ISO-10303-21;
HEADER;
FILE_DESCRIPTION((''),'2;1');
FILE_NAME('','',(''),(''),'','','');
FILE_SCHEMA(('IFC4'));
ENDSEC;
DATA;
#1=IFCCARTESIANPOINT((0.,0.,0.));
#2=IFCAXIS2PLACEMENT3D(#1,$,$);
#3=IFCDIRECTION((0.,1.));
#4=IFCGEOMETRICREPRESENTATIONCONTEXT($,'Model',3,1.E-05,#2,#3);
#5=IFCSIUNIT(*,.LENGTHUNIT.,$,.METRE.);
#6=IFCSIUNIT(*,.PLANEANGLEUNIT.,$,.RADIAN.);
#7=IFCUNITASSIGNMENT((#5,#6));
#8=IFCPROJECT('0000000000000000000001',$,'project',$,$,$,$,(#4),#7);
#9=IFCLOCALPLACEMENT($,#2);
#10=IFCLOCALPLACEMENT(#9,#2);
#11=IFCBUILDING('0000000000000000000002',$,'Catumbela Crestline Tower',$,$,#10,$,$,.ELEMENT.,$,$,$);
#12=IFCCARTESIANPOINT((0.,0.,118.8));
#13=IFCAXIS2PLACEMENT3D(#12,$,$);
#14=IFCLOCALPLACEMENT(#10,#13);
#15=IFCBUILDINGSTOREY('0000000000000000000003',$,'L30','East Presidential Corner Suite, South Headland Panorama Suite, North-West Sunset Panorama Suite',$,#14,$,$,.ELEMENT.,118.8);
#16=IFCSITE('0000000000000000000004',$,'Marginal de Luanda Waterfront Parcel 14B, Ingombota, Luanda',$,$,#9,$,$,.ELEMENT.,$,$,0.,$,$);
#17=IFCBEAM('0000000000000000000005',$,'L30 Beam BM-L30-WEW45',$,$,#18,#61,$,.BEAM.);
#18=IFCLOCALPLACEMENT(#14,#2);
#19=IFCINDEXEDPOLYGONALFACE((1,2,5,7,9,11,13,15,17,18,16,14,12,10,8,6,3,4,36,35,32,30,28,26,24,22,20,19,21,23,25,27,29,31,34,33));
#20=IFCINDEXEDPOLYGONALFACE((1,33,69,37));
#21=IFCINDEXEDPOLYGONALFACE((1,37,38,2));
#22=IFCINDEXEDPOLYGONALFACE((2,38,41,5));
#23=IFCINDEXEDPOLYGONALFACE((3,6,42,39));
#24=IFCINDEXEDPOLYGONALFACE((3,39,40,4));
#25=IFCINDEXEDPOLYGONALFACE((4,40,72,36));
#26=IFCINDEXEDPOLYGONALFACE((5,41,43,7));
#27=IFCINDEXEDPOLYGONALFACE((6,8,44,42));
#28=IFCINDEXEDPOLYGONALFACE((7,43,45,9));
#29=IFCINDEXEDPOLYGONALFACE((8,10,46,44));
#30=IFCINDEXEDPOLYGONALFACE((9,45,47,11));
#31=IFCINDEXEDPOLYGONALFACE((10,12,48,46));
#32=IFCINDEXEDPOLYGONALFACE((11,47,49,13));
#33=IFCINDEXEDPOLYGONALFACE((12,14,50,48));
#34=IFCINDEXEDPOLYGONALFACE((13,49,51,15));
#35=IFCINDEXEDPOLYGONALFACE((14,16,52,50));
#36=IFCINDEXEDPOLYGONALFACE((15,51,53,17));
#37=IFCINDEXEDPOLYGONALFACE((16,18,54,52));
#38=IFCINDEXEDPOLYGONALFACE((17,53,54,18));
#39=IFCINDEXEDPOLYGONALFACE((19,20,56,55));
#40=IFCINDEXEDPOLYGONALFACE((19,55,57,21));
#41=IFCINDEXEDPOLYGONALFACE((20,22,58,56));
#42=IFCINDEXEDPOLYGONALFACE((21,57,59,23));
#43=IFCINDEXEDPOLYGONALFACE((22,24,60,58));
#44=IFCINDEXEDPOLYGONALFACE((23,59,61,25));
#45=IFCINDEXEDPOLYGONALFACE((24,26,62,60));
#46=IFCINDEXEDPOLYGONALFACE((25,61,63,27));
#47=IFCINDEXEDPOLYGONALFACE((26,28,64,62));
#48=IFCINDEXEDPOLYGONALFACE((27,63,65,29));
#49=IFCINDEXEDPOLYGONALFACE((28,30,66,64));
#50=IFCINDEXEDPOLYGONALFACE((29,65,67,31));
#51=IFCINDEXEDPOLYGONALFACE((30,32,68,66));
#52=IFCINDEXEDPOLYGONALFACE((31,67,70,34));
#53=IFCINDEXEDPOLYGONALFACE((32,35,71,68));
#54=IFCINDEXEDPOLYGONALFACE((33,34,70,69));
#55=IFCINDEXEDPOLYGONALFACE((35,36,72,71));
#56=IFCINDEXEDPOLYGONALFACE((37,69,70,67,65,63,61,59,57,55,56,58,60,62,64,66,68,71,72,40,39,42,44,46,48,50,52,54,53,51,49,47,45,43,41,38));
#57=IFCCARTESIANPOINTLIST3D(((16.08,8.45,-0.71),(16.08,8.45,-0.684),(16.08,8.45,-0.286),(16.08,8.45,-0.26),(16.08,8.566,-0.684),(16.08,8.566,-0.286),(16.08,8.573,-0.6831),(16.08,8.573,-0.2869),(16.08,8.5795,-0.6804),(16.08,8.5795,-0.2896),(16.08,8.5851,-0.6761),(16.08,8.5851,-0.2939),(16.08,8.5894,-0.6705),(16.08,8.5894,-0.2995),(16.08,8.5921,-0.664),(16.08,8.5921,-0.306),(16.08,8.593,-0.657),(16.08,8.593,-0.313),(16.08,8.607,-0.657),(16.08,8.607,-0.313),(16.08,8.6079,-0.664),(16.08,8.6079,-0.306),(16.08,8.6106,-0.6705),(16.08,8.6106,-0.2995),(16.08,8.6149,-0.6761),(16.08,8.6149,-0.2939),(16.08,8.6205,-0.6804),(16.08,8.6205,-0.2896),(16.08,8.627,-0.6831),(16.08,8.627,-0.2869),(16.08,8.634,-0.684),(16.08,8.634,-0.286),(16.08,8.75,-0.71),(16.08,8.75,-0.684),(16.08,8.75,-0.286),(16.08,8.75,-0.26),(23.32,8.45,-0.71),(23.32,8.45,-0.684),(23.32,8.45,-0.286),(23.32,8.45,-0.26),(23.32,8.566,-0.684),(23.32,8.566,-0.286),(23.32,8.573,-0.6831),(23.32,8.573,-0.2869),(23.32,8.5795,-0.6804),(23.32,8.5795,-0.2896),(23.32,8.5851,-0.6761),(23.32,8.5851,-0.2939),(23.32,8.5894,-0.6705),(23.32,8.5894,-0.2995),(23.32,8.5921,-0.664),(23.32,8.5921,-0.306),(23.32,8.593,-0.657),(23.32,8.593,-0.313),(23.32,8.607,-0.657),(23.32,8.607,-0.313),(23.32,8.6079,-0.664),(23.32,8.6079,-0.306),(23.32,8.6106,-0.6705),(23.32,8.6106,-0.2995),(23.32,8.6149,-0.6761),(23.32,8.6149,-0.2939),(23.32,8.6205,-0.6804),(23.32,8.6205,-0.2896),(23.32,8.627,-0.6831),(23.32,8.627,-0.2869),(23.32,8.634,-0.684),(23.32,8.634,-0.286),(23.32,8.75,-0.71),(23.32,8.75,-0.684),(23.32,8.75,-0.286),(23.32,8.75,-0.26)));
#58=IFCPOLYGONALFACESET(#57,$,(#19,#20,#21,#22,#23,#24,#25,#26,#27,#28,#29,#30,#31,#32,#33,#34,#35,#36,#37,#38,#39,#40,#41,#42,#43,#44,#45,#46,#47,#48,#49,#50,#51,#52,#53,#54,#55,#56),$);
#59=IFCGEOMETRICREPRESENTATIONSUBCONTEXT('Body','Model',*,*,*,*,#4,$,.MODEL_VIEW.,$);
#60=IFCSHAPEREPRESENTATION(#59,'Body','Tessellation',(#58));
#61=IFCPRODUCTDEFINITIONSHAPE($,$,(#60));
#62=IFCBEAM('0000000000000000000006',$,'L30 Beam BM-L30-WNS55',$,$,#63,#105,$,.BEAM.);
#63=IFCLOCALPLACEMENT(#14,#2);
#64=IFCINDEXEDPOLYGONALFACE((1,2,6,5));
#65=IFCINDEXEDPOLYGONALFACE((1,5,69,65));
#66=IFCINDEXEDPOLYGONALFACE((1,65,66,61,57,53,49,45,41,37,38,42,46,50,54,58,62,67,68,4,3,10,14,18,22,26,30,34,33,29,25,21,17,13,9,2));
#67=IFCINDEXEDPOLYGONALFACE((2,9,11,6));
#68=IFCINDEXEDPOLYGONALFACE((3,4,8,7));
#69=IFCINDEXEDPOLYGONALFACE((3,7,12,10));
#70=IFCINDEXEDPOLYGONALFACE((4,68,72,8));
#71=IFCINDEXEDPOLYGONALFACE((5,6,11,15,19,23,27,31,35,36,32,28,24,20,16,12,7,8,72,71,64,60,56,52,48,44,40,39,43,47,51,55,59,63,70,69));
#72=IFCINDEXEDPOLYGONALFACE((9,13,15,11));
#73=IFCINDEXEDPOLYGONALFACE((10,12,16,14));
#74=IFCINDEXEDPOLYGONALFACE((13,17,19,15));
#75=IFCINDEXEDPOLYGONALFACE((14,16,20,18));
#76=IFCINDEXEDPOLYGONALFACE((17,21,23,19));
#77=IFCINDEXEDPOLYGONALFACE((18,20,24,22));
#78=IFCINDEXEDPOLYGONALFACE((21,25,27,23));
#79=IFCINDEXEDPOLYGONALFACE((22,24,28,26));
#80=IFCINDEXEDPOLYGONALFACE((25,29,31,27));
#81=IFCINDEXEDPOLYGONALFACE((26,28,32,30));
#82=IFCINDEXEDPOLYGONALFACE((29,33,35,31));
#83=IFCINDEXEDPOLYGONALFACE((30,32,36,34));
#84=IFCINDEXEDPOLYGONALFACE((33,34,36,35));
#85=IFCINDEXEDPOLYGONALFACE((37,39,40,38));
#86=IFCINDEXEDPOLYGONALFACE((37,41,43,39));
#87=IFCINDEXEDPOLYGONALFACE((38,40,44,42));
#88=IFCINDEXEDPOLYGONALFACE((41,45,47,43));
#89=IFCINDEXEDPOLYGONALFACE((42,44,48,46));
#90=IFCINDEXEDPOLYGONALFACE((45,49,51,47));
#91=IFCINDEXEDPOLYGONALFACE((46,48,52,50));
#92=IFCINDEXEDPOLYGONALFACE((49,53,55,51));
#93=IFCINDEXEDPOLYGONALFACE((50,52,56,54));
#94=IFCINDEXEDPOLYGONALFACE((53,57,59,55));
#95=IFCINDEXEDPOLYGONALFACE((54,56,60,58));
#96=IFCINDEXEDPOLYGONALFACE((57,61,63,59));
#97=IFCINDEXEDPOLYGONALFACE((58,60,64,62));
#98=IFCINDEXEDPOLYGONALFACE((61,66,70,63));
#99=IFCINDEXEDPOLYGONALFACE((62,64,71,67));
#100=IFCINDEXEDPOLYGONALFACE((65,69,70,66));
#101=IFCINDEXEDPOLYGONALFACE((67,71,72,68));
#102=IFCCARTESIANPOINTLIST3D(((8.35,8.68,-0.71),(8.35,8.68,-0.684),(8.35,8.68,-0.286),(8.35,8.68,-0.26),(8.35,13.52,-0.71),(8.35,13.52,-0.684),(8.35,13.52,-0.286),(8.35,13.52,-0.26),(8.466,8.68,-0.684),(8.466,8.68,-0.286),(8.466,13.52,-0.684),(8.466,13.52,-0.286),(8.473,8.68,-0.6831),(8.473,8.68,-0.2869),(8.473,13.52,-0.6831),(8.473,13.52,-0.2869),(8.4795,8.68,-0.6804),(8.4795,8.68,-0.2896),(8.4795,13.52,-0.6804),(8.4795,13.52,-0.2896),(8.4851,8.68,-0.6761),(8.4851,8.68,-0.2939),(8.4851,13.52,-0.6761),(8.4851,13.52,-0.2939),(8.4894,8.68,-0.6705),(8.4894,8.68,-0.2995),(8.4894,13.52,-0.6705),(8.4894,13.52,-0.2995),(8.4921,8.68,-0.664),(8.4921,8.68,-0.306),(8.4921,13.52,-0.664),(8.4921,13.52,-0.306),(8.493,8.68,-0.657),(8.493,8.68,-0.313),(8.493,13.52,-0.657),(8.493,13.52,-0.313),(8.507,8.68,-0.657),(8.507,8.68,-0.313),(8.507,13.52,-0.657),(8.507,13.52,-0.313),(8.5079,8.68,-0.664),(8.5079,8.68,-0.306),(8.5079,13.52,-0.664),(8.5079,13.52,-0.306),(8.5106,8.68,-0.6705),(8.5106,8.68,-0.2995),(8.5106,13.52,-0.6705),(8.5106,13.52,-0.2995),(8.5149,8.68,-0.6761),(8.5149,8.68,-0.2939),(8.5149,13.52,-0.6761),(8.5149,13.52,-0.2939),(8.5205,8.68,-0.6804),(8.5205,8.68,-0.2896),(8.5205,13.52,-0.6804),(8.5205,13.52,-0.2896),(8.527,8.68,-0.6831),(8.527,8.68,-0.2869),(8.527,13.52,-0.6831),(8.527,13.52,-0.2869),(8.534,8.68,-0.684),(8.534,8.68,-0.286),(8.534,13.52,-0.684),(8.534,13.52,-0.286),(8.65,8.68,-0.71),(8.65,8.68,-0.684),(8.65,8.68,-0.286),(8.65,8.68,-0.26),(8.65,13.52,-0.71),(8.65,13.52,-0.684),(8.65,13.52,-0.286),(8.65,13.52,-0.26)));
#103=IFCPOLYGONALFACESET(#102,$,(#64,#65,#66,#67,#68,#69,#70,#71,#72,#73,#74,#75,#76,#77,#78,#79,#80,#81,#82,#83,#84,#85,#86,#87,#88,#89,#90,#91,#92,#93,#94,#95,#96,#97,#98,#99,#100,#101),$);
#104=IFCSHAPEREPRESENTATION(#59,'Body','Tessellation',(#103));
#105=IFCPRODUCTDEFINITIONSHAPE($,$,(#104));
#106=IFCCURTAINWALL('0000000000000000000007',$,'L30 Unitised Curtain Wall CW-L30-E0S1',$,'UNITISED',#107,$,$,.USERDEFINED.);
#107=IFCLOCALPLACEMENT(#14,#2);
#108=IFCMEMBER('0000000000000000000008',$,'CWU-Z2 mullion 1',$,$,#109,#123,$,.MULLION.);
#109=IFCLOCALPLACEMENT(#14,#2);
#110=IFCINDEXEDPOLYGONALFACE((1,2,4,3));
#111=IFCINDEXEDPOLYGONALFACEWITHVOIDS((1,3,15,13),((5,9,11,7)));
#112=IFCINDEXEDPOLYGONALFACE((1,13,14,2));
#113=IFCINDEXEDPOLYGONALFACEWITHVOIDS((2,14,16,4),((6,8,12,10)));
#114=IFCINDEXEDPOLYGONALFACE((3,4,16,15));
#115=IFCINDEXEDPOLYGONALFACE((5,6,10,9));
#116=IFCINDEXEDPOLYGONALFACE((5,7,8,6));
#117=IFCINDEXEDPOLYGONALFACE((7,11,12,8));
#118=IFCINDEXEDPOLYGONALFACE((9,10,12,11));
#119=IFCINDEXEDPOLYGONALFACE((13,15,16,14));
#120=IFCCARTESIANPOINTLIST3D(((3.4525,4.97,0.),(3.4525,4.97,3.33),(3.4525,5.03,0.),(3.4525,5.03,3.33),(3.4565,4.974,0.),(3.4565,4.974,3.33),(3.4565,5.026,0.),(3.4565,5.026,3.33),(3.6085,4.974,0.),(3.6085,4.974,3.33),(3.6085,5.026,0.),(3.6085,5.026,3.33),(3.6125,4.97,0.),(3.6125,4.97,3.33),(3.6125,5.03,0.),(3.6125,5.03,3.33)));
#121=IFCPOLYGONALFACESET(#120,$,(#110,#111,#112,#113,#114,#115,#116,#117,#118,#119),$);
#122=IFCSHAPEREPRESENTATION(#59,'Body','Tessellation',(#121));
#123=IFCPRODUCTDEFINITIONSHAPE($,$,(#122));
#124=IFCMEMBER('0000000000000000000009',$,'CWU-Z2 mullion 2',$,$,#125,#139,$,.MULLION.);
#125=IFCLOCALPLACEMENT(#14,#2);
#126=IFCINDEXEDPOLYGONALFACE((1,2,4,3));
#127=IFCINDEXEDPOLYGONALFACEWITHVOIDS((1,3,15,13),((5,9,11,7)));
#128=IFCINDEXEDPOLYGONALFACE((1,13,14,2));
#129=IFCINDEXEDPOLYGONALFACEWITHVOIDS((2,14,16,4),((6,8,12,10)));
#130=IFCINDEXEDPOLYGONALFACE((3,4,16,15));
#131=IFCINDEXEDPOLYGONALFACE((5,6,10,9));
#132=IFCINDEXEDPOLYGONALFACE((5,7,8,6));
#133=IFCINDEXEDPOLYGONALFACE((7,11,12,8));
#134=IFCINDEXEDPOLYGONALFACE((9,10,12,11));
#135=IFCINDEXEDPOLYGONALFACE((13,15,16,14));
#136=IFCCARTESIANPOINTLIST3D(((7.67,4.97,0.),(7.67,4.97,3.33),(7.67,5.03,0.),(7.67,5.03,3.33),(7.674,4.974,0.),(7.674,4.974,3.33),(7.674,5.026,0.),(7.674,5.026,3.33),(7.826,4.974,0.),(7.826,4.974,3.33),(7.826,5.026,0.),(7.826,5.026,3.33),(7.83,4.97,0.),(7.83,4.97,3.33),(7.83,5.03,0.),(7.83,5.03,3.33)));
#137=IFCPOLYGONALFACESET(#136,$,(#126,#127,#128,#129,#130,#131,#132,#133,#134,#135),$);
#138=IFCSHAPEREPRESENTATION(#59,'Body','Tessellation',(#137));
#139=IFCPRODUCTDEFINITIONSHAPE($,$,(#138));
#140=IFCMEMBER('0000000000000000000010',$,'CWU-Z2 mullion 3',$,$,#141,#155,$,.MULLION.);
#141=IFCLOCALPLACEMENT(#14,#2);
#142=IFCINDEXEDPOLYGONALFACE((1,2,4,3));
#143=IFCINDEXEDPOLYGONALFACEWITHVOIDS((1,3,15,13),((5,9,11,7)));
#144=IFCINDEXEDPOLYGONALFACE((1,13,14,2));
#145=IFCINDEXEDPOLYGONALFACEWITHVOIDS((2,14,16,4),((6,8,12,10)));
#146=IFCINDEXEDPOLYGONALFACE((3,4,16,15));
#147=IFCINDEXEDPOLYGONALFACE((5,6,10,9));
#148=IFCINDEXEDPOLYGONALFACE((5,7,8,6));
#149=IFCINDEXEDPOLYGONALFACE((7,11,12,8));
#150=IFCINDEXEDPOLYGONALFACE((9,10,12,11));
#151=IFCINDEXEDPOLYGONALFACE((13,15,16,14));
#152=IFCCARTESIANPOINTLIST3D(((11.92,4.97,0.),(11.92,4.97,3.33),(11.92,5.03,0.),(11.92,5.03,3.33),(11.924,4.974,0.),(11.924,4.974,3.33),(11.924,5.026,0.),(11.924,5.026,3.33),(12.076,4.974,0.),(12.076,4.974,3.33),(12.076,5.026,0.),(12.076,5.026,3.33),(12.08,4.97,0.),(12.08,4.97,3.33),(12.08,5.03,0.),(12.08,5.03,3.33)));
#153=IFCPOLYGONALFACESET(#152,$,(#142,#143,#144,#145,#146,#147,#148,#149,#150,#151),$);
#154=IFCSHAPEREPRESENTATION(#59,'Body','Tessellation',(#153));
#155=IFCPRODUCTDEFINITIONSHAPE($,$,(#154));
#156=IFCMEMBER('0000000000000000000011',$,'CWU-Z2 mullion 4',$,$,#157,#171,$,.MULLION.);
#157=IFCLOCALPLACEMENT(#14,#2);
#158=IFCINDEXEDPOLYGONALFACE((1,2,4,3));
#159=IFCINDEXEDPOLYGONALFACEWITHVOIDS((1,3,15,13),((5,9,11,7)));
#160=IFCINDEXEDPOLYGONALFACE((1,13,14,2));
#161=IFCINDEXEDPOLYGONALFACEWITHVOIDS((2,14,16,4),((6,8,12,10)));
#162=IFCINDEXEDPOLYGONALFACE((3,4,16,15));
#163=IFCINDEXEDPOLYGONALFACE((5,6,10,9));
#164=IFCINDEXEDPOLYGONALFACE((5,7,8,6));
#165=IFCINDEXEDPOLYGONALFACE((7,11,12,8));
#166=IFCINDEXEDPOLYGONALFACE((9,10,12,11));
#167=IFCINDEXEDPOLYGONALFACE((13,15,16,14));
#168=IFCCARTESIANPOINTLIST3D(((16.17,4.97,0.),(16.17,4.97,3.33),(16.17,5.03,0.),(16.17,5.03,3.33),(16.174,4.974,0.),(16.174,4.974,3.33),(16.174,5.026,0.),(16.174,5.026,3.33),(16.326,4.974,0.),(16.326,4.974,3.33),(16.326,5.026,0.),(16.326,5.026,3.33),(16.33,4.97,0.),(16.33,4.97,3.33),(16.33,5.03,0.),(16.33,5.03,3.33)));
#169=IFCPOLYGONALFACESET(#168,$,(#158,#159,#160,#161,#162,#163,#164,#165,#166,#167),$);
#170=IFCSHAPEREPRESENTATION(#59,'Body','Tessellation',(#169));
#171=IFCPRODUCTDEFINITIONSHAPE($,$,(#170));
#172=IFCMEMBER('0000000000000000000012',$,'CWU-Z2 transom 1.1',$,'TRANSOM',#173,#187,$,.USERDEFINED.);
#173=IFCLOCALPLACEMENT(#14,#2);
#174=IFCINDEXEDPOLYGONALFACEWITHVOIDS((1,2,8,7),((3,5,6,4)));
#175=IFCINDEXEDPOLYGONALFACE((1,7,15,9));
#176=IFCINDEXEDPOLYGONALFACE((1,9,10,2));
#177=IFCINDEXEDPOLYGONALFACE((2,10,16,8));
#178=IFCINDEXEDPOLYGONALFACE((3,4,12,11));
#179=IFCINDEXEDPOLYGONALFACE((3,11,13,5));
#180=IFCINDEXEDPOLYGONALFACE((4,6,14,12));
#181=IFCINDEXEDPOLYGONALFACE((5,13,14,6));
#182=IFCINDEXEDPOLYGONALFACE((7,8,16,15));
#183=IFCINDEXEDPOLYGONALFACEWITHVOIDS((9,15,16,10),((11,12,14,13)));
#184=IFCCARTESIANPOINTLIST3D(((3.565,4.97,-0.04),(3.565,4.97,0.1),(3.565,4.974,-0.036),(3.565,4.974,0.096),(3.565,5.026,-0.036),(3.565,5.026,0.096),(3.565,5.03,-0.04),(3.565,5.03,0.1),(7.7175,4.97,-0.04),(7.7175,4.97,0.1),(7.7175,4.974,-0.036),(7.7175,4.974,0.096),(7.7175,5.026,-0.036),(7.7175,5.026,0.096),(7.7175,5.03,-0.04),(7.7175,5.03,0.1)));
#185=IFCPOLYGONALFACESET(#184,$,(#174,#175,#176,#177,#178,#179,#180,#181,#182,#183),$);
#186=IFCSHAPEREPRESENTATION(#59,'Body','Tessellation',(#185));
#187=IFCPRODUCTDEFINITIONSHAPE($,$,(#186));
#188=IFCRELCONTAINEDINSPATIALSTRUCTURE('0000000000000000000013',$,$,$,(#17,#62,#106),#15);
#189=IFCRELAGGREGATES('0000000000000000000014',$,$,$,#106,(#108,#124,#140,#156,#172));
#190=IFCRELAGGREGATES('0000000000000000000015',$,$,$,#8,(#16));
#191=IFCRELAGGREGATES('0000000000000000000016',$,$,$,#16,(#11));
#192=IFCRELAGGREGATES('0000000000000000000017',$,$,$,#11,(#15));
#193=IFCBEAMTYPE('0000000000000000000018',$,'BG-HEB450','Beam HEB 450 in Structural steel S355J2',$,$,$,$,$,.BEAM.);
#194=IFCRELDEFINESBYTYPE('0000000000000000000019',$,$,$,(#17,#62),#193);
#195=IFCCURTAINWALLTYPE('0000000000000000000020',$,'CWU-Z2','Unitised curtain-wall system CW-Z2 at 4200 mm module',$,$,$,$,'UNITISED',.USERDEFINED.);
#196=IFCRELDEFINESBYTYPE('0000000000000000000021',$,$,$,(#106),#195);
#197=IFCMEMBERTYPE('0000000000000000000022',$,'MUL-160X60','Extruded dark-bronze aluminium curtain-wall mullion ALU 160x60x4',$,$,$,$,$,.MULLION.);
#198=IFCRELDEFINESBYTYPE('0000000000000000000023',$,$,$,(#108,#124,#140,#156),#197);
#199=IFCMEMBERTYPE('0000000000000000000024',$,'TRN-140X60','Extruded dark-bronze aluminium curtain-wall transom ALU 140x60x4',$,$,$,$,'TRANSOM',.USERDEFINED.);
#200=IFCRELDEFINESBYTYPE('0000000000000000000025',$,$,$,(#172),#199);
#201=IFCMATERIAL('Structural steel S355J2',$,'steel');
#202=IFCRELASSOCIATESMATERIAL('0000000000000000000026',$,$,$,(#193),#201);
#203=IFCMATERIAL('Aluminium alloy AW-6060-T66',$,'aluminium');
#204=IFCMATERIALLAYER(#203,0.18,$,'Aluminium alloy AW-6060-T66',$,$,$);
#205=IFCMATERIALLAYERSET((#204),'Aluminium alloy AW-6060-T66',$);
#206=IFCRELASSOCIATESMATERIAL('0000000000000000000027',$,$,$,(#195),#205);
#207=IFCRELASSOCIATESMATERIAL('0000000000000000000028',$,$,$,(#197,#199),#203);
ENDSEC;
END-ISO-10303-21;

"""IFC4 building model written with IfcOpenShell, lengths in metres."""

from ifc_helpers import new_model, si_unit, direction, frame, origin, origin_2d, place, context, subcontext, project, spatial, hollow_rectangle, i_section, extrude, material, layer, layer_set, material_profile, profile_set, type_object, element, aggregate, save


model = new_model("IFC4")

# Units and contexts
model_context = context("Model", 3, precision=1e-05, world=origin(), true_north=direction((0.0, 1.0)))
body_context = subcontext(model_context, "Body", "Model", "MODEL_VIEW")
ifc_project = project(units=[si_unit("LENGTHUNIT", "METRE"), si_unit("PLANEANGLEUNIT", "RADIAN")], contexts=[model_context])

# Site, building, storey
site_placement = place(None, origin())
site = spatial("IfcSite", under=ifc_project, at=site_placement, Name="Marginal de Luanda Waterfront Parcel 14B, Ingombota, Luanda", CompositionType="ELEMENT", RefElevation=0.0)
building_placement = place(site_placement, origin())
building = spatial("IfcBuilding", under=site, at=building_placement, Name="Catumbela Crestline Tower", CompositionType="ELEMENT")
storey_placement = place(building_placement, frame((0.0, 0.0, 118.8)))
storey = spatial("IfcBuildingStorey", under=building, at=storey_placement, Name="L30", Description="East Presidential Corner Suite, South Headland Panorama Suite, North-West Sunset Panorama Suite", CompositionType="ELEMENT", Elevation=118.8)

# Beams
ifc_material_1 = material(Name="Structural steel S355J2", Category="steel")
ifc_material_profile_1 = material_profile(ifc_material_1, i_section(OverallWidth=0.3, OverallDepth=0.45, WebThickness=0.014, FlangeThickness=0.026, FilletRadius=0.027, at=origin_2d()), Name="HEB 450")
ifc_profile_set_1 = profile_set([ifc_material_profile_1], Name="Structural steel S355J2")
beam_type = type_object("IfcBeamType", Name="BG-HEB450", Description="Beam HEB 450 in Structural steel S355J2", PredefinedType="BEAM", material=ifc_profile_set_1)
beam_1_placement = place(storey_placement, frame((16.08, 8.6, -0.485), z_axis=(1.0, 0.0, 0.0), x_axis=(0.0, 1.0, 0.0)))
element("IfcBeam", 1, at=beam_1_placement, inside=storey, type_object=beam_type, Name="L30 Beam BM-L30-WEW45", PredefinedType="BEAM", context=body_context, shape_type="SweptSolid", body=[
    extrude(i_section(OverallWidth=0.3, OverallDepth=0.45, WebThickness=0.014, FlangeThickness=0.026, FilletRadius=0.027, at=origin_2d()), origin(), (0.0, 0.0, 1.0), 7.24),
])
beam_2_placement = place(storey_placement, frame((8.5, 8.68, -0.485), z_axis=(0.0, 1.0, 0.0), x_axis=(-1.0, 0.0, 0.0)))
element("IfcBeam", 2, at=beam_2_placement, inside=storey, type_object=beam_type, Name="L30 Beam BM-L30-WNS55", PredefinedType="BEAM", context=body_context, shape_type="SweptSolid", body=[
    extrude(i_section(OverallWidth=0.3, OverallDepth=0.45, WebThickness=0.014, FlangeThickness=0.026, FilletRadius=0.027, at=origin_2d()), origin(), (0.0, 0.0, 1.0), 4.84),
])

# Curtain wall, members
ifc_material_2 = material(Name="Aluminium alloy AW-6060-T66", Category="aluminium")
ifc_layer_1 = layer(ifc_material_2, 0.18, Name="Aluminium alloy AW-6060-T66")
ifc_layer_set_1 = layer_set([ifc_layer_1], Name="Aluminium alloy AW-6060-T66")
curtain_wall_type = type_object("IfcCurtainWallType", Name="CWU-Z2", Description="Unitised curtain-wall system CW-Z2 at 4200 mm module", ElementType="UNITISED", PredefinedType="USERDEFINED", material=ifc_layer_set_1)
curtain_wall_placement = place(storey_placement, origin())
curtain_wall = element("IfcCurtainWall", 3, at=curtain_wall_placement, inside=storey, type_object=curtain_wall_type, Name="L30 Unitised Curtain Wall CW-L30-E0S1", ObjectType="UNITISED", PredefinedType="USERDEFINED")
ifc_material_profile_2 = material_profile(ifc_material_2, hollow_rectangle(XDim=0.06, YDim=0.16, WallThickness=0.004, at=origin_2d()), Name="ALU 160x60x4")
ifc_profile_set_2 = profile_set([ifc_material_profile_2], Name="Aluminium alloy AW-6060-T66")
member_type_1 = type_object("IfcMemberType", Name="MUL-160X60", Description="Extruded dark-bronze aluminium curtain-wall mullion ALU 160x60x4", PredefinedType="MULLION", material=ifc_profile_set_2)
member_1_placement = place(storey_placement, frame((3.5325, 5.0, 0.0), z_axis=(0.0, 0.0, 1.0), x_axis=(0.0, 1.0, 0.0)))
member_1 = element("IfcMember", 4, at=member_1_placement, type_object=member_type_1, Name="CWU-Z2 mullion 1", PredefinedType="MULLION", context=body_context, shape_type="SweptSolid", body=[
    extrude(hollow_rectangle(XDim=0.06, YDim=0.16, WallThickness=0.004, at=origin_2d()), origin(), (0.0, 0.0, 1.0), 3.33),
])
member_2_placement = place(storey_placement, frame((7.75, 5.0, 0.0), z_axis=(0.0, 0.0, 1.0), x_axis=(0.0, 1.0, 0.0)))
member_2 = element("IfcMember", 5, at=member_2_placement, type_object=member_type_1, Name="CWU-Z2 mullion 2", PredefinedType="MULLION", context=body_context, shape_type="SweptSolid", body=[
    extrude(hollow_rectangle(XDim=0.06, YDim=0.16, WallThickness=0.004, at=origin_2d()), origin(), (0.0, 0.0, 1.0), 3.33),
])
member_3_placement = place(storey_placement, frame((12.0, 5.0, 0.0), z_axis=(0.0, 0.0, 1.0), x_axis=(0.0, 1.0, 0.0)))
member_3 = element("IfcMember", 6, at=member_3_placement, type_object=member_type_1, Name="CWU-Z2 mullion 3", PredefinedType="MULLION", context=body_context, shape_type="SweptSolid", body=[
    extrude(hollow_rectangle(XDim=0.06, YDim=0.16, WallThickness=0.004, at=origin_2d()), origin(), (0.0, 0.0, 1.0), 3.33),
])
member_4_placement = place(storey_placement, frame((16.25, 5.0, 0.0), z_axis=(0.0, 0.0, 1.0), x_axis=(0.0, 1.0, 0.0)))
member_4 = element("IfcMember", 7, at=member_4_placement, type_object=member_type_1, Name="CWU-Z2 mullion 4", PredefinedType="MULLION", context=body_context, shape_type="SweptSolid", body=[
    extrude(hollow_rectangle(XDim=0.06, YDim=0.16, WallThickness=0.004, at=origin_2d()), origin(), (0.0, 0.0, 1.0), 3.33),
])
ifc_material_profile_3 = material_profile(ifc_material_2, hollow_rectangle(XDim=0.06, YDim=0.14, WallThickness=0.004, at=origin_2d()), Name="ALU 140x60x4")
ifc_profile_set_3 = profile_set([ifc_material_profile_3], Name="Aluminium alloy AW-6060-T66")
member_type_2 = type_object("IfcMemberType", Name="TRN-140X60", Description="Extruded dark-bronze aluminium curtain-wall transom ALU 140x60x4", ElementType="TRANSOM", PredefinedType="USERDEFINED", material=ifc_profile_set_3)
member_5_placement = place(storey_placement, frame((3.565, 5.0, 0.03), z_axis=(1.0, 0.0, 0.0), x_axis=(0.0, 1.0, 0.0)))
member_5 = element("IfcMember", 8, at=member_5_placement, type_object=member_type_2, Name="CWU-Z2 transom 1.1", ObjectType="TRANSOM", PredefinedType="USERDEFINED", context=body_context, shape_type="SweptSolid", body=[
    extrude(hollow_rectangle(XDim=0.06, YDim=0.14, WallThickness=0.004, at=origin_2d()), origin(), (0.0, 0.0, 1.0), 4.1525),
])
aggregate(curtain_wall, [member_1, member_2, member_3, member_4, member_5])

save(model, "model.ifc")
